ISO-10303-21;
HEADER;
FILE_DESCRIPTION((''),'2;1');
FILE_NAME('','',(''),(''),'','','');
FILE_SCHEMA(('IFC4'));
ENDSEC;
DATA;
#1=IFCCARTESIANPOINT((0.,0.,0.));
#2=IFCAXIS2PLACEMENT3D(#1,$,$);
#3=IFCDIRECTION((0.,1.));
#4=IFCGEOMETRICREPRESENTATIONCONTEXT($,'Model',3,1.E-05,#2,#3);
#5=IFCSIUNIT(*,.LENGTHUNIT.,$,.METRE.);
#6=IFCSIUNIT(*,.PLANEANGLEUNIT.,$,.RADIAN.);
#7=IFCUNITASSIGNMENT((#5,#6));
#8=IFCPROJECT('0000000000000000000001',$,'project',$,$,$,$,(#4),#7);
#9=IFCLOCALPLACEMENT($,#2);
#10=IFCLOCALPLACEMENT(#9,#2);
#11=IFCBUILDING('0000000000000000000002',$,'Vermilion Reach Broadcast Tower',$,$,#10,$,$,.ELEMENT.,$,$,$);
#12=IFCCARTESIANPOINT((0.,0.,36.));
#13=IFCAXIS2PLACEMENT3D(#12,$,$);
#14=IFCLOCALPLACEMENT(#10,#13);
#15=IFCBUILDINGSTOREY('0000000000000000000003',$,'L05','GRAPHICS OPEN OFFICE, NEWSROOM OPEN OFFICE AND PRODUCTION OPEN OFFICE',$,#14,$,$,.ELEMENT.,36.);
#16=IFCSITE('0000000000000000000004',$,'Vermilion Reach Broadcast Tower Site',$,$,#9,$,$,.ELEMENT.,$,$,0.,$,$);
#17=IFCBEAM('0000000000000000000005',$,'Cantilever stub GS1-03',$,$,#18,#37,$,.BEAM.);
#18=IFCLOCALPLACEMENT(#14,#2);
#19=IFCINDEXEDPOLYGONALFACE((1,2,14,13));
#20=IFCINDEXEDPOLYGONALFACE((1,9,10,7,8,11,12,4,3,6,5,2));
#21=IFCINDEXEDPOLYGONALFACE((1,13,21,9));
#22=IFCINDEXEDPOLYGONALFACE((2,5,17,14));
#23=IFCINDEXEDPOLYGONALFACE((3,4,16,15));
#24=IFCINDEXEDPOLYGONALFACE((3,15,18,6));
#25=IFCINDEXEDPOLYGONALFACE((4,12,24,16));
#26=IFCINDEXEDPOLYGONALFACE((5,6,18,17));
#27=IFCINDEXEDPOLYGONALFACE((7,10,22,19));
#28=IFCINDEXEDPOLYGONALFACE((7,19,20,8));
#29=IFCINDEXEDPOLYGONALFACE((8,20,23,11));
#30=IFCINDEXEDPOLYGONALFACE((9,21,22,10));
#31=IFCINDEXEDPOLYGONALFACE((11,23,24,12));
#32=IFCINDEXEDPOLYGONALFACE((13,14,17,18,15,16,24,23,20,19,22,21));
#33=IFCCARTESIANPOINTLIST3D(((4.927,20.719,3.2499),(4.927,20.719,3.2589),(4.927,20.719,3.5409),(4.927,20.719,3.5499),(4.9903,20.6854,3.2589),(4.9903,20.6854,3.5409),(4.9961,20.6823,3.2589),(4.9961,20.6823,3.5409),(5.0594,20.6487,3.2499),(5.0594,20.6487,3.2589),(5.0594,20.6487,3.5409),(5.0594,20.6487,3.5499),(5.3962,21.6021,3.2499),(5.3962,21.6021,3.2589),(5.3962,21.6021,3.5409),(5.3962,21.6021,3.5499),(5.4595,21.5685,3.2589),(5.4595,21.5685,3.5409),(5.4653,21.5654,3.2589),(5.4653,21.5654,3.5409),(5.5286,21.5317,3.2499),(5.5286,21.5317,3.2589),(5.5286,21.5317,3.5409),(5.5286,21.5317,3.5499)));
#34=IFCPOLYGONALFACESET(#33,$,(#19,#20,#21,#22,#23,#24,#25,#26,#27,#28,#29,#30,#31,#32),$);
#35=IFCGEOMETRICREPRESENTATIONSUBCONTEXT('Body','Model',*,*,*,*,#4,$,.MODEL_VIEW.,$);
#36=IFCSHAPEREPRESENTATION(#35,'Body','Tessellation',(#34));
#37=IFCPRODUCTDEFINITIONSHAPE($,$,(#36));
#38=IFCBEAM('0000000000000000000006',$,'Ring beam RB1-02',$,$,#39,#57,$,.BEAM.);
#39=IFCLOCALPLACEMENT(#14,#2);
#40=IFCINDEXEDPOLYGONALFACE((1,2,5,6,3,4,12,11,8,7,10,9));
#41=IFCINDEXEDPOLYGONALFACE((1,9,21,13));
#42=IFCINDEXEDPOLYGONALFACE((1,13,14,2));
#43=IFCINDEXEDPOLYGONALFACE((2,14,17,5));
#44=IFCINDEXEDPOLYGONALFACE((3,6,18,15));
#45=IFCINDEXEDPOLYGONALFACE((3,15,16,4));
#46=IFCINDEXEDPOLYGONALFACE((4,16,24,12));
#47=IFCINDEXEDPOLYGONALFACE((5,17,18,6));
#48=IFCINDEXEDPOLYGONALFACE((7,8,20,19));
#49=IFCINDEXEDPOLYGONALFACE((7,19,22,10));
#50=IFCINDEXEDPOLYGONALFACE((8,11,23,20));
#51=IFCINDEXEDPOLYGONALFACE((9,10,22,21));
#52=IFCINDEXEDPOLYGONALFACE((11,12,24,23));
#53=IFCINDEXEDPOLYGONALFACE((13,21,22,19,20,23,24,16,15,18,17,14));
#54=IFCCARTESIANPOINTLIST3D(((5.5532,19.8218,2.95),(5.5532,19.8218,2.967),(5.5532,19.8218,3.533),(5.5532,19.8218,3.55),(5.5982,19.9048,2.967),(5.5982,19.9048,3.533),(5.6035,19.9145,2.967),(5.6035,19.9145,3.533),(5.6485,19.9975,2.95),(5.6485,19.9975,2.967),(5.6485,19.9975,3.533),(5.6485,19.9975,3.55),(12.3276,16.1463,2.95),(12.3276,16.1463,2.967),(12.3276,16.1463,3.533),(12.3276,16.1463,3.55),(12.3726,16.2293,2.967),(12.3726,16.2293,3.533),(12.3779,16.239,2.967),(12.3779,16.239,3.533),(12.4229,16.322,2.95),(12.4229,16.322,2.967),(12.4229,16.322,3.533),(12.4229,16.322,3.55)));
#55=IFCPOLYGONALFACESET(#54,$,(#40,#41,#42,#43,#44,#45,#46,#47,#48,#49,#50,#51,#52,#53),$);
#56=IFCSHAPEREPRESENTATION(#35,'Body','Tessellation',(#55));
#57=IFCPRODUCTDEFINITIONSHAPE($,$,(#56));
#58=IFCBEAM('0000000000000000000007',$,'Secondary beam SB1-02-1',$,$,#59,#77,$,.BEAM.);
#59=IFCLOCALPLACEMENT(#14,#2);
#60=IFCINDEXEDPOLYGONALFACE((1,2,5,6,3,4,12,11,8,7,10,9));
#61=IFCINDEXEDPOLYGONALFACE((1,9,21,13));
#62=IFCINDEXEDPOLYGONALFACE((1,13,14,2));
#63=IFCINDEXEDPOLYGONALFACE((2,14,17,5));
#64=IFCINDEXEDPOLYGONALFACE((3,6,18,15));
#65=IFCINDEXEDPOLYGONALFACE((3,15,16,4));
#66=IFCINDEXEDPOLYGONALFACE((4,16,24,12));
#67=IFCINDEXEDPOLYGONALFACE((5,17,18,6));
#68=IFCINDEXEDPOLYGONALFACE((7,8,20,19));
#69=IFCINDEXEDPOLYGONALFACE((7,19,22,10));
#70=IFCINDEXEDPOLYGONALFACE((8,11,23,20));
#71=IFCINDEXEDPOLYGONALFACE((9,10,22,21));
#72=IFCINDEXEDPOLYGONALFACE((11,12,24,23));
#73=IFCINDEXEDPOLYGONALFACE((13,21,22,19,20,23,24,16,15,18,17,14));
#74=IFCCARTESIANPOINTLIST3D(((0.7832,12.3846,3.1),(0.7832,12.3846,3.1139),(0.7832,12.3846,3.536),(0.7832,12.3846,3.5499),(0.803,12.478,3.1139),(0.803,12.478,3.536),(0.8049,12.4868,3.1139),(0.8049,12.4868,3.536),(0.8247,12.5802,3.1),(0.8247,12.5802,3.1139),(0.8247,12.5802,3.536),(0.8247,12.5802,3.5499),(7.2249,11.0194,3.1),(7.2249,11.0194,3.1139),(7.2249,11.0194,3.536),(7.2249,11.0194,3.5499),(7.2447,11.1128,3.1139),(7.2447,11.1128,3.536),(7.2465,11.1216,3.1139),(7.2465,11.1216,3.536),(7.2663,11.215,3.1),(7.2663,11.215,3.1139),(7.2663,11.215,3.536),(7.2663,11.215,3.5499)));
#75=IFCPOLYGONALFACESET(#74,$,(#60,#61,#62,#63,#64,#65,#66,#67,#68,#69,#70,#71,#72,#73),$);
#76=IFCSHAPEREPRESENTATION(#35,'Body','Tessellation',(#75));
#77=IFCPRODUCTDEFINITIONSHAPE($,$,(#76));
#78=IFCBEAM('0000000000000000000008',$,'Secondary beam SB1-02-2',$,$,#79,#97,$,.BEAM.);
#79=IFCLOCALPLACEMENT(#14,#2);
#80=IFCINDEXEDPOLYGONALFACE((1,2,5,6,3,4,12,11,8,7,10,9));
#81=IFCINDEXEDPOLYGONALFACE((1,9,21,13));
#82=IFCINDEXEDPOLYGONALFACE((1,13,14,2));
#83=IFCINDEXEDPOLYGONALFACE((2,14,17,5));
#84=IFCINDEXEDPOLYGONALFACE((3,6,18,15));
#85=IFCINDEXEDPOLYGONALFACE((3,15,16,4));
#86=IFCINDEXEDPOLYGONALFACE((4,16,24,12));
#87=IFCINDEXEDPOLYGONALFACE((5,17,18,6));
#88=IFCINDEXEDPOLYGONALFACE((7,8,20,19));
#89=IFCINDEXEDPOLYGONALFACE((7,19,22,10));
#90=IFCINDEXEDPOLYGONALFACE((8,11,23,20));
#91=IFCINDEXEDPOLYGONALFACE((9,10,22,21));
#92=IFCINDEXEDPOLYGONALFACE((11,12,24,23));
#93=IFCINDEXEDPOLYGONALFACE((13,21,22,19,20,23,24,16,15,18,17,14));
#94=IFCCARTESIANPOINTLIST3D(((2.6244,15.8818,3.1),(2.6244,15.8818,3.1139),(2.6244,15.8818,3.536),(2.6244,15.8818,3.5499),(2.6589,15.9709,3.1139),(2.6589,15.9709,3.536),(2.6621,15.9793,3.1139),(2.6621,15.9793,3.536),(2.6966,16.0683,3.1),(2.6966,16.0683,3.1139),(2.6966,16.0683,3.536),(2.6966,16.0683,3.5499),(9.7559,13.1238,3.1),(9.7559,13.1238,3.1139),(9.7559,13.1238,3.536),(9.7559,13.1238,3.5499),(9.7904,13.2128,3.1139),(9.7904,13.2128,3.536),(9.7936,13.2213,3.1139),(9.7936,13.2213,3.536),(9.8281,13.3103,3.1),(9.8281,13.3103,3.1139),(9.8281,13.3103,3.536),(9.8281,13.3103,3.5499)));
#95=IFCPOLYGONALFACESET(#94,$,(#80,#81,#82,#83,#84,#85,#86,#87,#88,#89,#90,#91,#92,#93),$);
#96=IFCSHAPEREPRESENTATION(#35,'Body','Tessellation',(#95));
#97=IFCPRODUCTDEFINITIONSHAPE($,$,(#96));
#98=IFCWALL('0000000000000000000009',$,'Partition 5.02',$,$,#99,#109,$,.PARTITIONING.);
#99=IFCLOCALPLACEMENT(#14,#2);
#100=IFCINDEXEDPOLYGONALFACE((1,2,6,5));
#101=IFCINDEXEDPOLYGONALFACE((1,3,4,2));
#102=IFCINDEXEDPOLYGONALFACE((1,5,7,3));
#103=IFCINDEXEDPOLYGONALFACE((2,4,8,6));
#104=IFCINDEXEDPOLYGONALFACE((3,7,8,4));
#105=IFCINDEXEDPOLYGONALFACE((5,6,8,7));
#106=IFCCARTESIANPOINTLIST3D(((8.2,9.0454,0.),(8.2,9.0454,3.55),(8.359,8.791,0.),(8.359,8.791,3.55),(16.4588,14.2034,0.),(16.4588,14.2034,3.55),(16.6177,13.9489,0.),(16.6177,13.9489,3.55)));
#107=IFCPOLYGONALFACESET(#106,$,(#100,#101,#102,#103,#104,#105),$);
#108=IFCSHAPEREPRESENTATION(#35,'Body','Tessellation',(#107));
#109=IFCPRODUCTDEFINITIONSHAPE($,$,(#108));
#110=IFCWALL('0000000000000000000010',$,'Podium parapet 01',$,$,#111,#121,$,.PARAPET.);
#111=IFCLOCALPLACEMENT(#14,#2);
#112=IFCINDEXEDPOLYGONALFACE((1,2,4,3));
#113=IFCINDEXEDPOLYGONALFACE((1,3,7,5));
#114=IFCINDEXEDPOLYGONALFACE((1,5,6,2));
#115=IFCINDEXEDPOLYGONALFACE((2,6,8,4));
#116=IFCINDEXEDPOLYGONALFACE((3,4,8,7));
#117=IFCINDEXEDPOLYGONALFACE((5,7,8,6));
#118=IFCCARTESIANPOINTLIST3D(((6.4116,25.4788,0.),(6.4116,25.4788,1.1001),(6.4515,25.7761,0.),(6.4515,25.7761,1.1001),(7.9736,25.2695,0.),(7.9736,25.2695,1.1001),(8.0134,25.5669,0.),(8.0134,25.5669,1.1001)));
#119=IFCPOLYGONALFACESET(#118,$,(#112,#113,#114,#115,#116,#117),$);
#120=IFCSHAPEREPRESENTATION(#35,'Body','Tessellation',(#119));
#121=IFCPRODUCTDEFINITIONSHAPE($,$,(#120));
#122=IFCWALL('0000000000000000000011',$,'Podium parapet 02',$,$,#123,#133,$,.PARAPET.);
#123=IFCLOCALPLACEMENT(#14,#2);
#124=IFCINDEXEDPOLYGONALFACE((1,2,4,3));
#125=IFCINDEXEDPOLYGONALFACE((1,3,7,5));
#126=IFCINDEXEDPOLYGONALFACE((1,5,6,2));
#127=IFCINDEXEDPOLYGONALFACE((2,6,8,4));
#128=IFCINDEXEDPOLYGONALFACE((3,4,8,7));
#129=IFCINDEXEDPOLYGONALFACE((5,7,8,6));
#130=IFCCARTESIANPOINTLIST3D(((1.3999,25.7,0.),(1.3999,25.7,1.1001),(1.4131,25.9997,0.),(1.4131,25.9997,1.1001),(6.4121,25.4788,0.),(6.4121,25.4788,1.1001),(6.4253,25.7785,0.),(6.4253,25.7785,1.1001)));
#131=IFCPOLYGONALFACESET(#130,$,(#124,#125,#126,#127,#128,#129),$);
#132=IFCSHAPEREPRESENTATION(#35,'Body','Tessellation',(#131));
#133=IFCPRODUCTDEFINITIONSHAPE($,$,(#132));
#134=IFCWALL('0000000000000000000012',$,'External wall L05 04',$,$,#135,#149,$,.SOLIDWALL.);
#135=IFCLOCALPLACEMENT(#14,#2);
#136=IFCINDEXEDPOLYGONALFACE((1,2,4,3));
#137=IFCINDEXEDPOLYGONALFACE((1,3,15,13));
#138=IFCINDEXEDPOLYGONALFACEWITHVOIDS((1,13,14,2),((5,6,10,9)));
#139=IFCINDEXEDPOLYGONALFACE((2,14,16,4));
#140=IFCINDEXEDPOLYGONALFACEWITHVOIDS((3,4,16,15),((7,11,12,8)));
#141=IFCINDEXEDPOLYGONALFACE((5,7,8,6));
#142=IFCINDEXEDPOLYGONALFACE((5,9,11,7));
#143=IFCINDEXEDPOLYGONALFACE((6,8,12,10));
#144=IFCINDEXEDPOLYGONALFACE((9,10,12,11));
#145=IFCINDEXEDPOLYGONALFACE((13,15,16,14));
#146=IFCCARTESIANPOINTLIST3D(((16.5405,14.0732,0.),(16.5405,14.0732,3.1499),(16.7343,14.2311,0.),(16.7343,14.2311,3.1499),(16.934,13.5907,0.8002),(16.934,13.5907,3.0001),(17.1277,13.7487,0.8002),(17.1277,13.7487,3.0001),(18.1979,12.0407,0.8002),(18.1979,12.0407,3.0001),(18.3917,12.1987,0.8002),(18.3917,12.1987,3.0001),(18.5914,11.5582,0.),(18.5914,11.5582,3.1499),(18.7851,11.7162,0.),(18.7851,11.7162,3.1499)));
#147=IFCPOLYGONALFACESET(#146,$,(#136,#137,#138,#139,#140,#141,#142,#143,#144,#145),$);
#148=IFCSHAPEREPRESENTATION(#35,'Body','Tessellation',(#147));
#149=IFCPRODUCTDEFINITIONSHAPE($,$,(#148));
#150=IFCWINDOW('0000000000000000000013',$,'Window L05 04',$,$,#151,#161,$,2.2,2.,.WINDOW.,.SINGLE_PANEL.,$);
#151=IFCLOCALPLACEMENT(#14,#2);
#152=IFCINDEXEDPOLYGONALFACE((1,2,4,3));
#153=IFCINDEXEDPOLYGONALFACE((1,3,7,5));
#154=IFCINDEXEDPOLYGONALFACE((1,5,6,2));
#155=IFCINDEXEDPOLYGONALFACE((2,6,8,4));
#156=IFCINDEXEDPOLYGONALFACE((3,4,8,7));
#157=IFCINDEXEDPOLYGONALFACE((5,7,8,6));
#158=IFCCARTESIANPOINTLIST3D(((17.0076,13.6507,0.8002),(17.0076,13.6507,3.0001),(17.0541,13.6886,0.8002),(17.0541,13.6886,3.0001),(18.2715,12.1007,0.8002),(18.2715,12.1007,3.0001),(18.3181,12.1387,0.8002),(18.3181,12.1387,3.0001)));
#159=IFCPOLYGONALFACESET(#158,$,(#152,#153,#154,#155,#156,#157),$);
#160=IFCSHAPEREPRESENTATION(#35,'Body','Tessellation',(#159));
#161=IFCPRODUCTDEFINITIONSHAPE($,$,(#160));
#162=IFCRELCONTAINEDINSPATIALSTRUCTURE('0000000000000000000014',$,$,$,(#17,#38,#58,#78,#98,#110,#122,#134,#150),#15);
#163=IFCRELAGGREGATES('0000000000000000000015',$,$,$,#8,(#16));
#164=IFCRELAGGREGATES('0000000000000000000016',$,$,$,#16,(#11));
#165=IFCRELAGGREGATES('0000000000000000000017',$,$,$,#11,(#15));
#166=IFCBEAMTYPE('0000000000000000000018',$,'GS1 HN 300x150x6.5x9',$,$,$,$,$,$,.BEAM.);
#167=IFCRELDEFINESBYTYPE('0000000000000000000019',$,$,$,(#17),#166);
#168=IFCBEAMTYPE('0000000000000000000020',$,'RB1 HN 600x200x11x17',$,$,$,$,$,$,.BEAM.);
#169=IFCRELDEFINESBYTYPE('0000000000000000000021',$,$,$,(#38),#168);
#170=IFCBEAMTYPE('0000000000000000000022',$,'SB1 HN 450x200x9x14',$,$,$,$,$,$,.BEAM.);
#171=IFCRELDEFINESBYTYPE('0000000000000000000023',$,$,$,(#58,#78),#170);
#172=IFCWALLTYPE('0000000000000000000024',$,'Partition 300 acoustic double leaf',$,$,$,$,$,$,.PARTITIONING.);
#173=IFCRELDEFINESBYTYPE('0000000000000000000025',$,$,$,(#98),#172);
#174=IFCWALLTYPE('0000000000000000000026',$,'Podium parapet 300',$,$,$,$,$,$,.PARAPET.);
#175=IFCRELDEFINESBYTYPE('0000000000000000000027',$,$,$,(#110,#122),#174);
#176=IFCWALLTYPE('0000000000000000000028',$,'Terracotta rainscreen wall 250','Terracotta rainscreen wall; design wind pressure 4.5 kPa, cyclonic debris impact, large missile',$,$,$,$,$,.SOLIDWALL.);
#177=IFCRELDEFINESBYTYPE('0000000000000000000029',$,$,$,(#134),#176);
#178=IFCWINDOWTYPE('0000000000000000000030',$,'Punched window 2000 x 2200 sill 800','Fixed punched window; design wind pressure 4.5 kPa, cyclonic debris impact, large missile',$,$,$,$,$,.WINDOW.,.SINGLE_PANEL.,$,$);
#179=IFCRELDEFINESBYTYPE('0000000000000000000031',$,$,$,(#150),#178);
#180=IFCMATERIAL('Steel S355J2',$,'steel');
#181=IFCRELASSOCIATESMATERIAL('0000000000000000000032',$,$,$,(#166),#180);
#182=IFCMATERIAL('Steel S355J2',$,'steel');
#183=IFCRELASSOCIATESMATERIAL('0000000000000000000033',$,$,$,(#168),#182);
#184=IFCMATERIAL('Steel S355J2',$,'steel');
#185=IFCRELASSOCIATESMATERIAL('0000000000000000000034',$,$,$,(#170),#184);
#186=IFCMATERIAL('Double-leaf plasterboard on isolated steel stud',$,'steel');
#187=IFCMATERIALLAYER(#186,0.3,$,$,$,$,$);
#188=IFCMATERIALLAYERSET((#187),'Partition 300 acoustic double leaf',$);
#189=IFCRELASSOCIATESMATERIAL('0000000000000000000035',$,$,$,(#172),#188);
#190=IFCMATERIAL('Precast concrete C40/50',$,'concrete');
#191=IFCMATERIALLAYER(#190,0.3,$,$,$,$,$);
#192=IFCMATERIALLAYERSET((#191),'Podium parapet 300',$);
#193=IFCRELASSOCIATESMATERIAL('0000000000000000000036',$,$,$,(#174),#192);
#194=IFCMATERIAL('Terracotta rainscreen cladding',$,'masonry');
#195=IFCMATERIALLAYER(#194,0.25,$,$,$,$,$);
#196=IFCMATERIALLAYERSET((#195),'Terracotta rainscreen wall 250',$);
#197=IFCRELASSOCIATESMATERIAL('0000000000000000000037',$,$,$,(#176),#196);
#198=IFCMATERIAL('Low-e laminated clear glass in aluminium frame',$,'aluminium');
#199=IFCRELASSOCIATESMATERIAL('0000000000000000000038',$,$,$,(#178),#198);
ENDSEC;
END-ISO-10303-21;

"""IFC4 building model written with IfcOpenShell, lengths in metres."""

from ifc_helpers import new_model, si_unit, direction, frame, frame_2d, origin, origin_2d, place, context, subcontext, project, spatial, rectangle, i_section, extrude, material, layer, layer_set, material_profile, profile_set, type_object, element, fill, save


model = new_model("IFC4")

# Units and contexts
model_context = context("Model", 3, precision=1e-05, world=origin(), true_north=direction((0.0, 1.0)))
body_context = subcontext(model_context, "Body", "Model", "MODEL_VIEW")
ifc_project = project(units=[si_unit("LENGTHUNIT", "METRE"), si_unit("PLANEANGLEUNIT", "RADIAN")], contexts=[model_context])

# Site, building, storey
site_placement = place(None, origin())
site = spatial("IfcSite", under=ifc_project, at=site_placement, Name="Vermilion Reach Broadcast Tower Site", CompositionType="ELEMENT", RefElevation=0.0)
building_placement = place(site_placement, origin())
building = spatial("IfcBuilding", under=site, at=building_placement, Name="Vermilion Reach Broadcast Tower", CompositionType="ELEMENT")
storey_placement = place(building_placement, frame((0.0, 0.0, 36.0)))
storey = spatial("IfcBuildingStorey", under=building, at=storey_placement, Name="L05", Description="GRAPHICS OPEN OFFICE, NEWSROOM OPEN OFFICE AND PRODUCTION OPEN OFFICE", CompositionType="ELEMENT", Elevation=36.0)

# Beams
ifc_material_1 = material(Name="Steel S355J2", Category="steel")
ifc_material_profile_1 = material_profile(ifc_material_1, i_section(OverallWidth=0.1499, OverallDepth=0.3, WebThickness=0.0066, FlangeThickness=0.009, at=origin_2d()), Name="S355J2 HN 300x150x6.5x9")
ifc_profile_set_1 = profile_set([ifc_material_profile_1], Name="Steel S355J2")
beam_type_1 = type_object("IfcBeamType", Name="GS1 HN 300x150x6.5x9", PredefinedType="BEAM", material=ifc_profile_set_1)
for number, where, z_axis, x_axis, name in (
    (1, (4.9932, 20.6838, 3.3999), (0.469244, 0.883068, 0.0), (-0.883068, 0.469244, 0.0), "Cantilever stub GS1-03"),
):
    element("IfcBeam", number, at=place(storey_placement, frame(where, z_axis=z_axis, x_axis=x_axis)), inside=storey, type_object=beam_type_1, Name=name, PredefinedType="BEAM", context=body_context, shape_type="SweptSolid", body=[
        extrude(i_section(OverallWidth=0.1499, OverallDepth=0.3, WebThickness=0.0066, FlangeThickness=0.009, at=origin_2d()), origin(), (0.0, 0.0, 1.0), 1.0),
    ])
ifc_material_2 = material(Name="Steel S355J2", Category="steel")
ifc_material_profile_2 = material_profile(ifc_material_2, i_section(OverallWidth=0.2, OverallDepth=0.6001, WebThickness=0.011, FlangeThickness=0.0171, at=origin_2d()), Name="S355J2 HN 600x200x11x17")
ifc_profile_set_2 = profile_set([ifc_material_profile_2], Name="Steel S355J2")
beam_type_2 = type_object("IfcBeamType", Name="RB1 HN 600x200x11x17", PredefinedType="BEAM", material=ifc_profile_set_2)
beam_1_placement = place(storey_placement, frame((12.3752, 16.2341, 3.25), z_axis=(-0.878962, 0.476891, 0.0), x_axis=(-0.476891, -0.878962, 0.0)))
element("IfcBeam", 2, at=beam_1_placement, inside=storey, type_object=beam_type_2, Name="Ring beam RB1-02", PredefinedType="BEAM", context=body_context, shape_type="SweptSolid", body=[
    extrude(i_section(OverallWidth=0.2, OverallDepth=0.6001, WebThickness=0.011, FlangeThickness=0.0171, at=origin_2d()), origin(), (0.0, 0.0, 1.0), 7.7073),
])
ifc_material_3 = material(Name="Steel S355J2", Category="steel")
ifc_material_profile_3 = material_profile(ifc_material_3, i_section(OverallWidth=0.2, OverallDepth=0.45, WebThickness=0.009, FlangeThickness=0.0139, at=origin_2d()), Name="S355J2 HN 450x200x9x14")
ifc_profile_set_3 = profile_set([ifc_material_profile_3], Name="Steel S355J2")
beam_type_3 = type_object("IfcBeamType", Name="SB1 HN 450x200x9x14", PredefinedType="BEAM", material=ifc_profile_set_3)
beam_2_placement = place(storey_placement, frame((7.2456, 11.1172, 3.325), z_axis=(-0.97827, 0.207333, 0.0), x_axis=(-0.207333, -0.97827, 0.0)))
element("IfcBeam", 3, at=beam_2_placement, inside=storey, type_object=beam_type_3, Name="Secondary beam SB1-02-1", PredefinedType="BEAM", context=body_context, shape_type="SweptSolid", body=[
    extrude(i_section(OverallWidth=0.2, OverallDepth=0.45, WebThickness=0.009, FlangeThickness=0.0139, at=origin_2d()), origin(), (0.0, 0.0, 1.0), 6.5847),
])
beam_3_placement = place(storey_placement, frame((9.792, 13.217, 3.325), z_axis=(-0.932681, 0.360703, 0.0), x_axis=(-0.360703, -0.932681, 0.0)))
element("IfcBeam", 4, at=beam_3_placement, inside=storey, type_object=beam_type_3, Name="Secondary beam SB1-02-2", PredefinedType="BEAM", context=body_context, shape_type="SweptSolid", body=[
    extrude(i_section(OverallWidth=0.2, OverallDepth=0.45, WebThickness=0.009, FlangeThickness=0.0139, at=origin_2d()), origin(), (0.0, 0.0, 1.0), 7.6462),
])

# Walls
ifc_material_4 = material(Name="Double-leaf plasterboard on isolated steel stud", Category="steel")
ifc_layer_1 = layer(ifc_material_4, 0.3)
ifc_layer_set_1 = layer_set([ifc_layer_1], Name="Partition 300 acoustic double leaf")
wall_type_1 = type_object("IfcWallType", Name="Partition 300 acoustic double leaf", PredefinedType="PARTITIONING", material=ifc_layer_set_1)
wall_1_placement = place(storey_placement, frame((16.5383, 14.0762, 0.0), z_axis=(0.0, 0.0, 1.0), x_axis=(-0.848173, -0.529719, 0.0)))
element("IfcWall", 5, at=wall_1_placement, inside=storey, type_object=wall_type_1, Name="Partition 5.02", PredefinedType="PARTITIONING", context=body_context, shape_type="SweptSolid", body=[
    extrude(rectangle(XDim=9.7371, YDim=0.3, at=frame_2d((4.8687, 0.0))), origin(), (0.0, 0.0, 1.0), 3.55),
])
ifc_material_5 = material(Name="Precast concrete C40/50", Category="concrete")
ifc_layer_2 = layer(ifc_material_5, 0.3)
ifc_layer_set_2 = layer_set([ifc_layer_2], Name="Podium parapet 300")
wall_type_2 = type_object("IfcWallType", Name="Podium parapet 300", PredefinedType="PARAPET", material=ifc_layer_set_2)
wall_2_placement = place(storey_placement, frame((7.9937, 25.4182, 0.0), z_axis=(0.0, 0.0, 1.0), x_axis=(-0.991148, 0.132762, 0.0)))
element("IfcWall", 6, at=wall_2_placement, inside=storey, type_object=wall_type_2, Name="Podium parapet 01", PredefinedType="PARAPET", context=body_context, shape_type="SweptSolid", body=[
    extrude(rectangle(XDim=1.5759, YDim=0.3, at=frame_2d((0.7881, 0.0))), origin(), (0.0, 0.0, 1.0), 1.1001),
])
wall_3_placement = place(storey_placement, frame((6.4187, 25.6287, 0.0), z_axis=(0.0, 0.0, 1.0), x_axis=(-0.999028, 0.044088, 0.0)))
element("IfcWall", 7, at=wall_3_placement, inside=storey, type_object=wall_type_2, Name="Podium parapet 02", PredefinedType="PARAPET", context=body_context, shape_type="SweptSolid", body=[
    extrude(rectangle(XDim=5.0171, YDim=0.3, at=frame_2d((2.5085, 0.0))), origin(), (0.0, 0.0, 1.0), 1.1001),
])

# Wall, opening, window
ifc_material_6 = material(Name="Terracotta rainscreen cladding", Category="masonry")
ifc_layer_3 = layer(ifc_material_6, 0.25)
ifc_layer_set_3 = layer_set([ifc_layer_3], Name="Terracotta rainscreen wall 250")
wall_type_3 = type_object("IfcWallType", Name="Terracotta rainscreen wall 250", Description="Terracotta rainscreen wall; design wind pressure 4.5 kPa, cyclonic debris impact, large missile", PredefinedType="SOLIDWALL", material=ifc_layer_set_3)
wall_4_placement = place(storey_placement, frame((18.6882, 11.6372, 0.0), z_axis=(0.0, 0.0, 1.0), x_axis=(-0.631971, 0.774992, 0.0)))
wall_4 = element("IfcWall", 8, at=wall_4_placement, inside=storey, type_object=wall_type_3, Name="External wall L05 04", PredefinedType="SOLIDWALL", context=body_context, shape_type="SweptSolid", body=[
    extrude(rectangle(XDim=3.2451, YDim=0.25, at=frame_2d((1.6226, 0.0))), origin(), (0.0, 0.0, 1.0), 3.1499),
])
opening_1_placement = place(wall_4_placement, frame((0.6226, 0.0, 0.8)))
opening_1 = element("IfcOpeningElement", 9, at=opening_1_placement, cuts=wall_4, PredefinedType="OPENING", context=body_context, shape_type="SweptSolid", body=[
    extrude(rectangle(XDim=2.0, YDim=2.2, at=frame_2d((1.0, 1.1001))), frame((0.0, 0.135, 0.0), z_axis=(0.0, -1.0, 0.0), x_axis=(1.0, 0.0, 0.0)), (0.0, 0.0, 1.0), 0.27),
])
ifc_material_7 = material(Name="Low-e laminated clear glass in aluminium frame", Category="aluminium")
window_type = type_object("IfcWindowType", Name="Punched window 2000 x 2200 sill 800", Description="Fixed punched window; design wind pressure 4.5 kPa, cyclonic debris impact, large missile", PartitioningType="SINGLE_PANEL", PredefinedType="WINDOW", material=ifc_material_7)
window_1_placement = place(opening_1_placement, origin())
window_1 = element("IfcWindow", 10, at=window_1_placement, inside=storey, type_object=window_type, Name="Window L05 04", OverallHeight=2.2, OverallWidth=2.0, PartitioningType="SINGLE_PANEL", PredefinedType="WINDOW", context=body_context, shape_type="SweptSolid", body=[
    extrude(rectangle(XDim=2.0, YDim=2.2, at=frame_2d((1.0, 1.1001))), frame((0.0, 0.03, 0.0), z_axis=(0.0, -1.0, 0.0), x_axis=(1.0, 0.0, 0.0)), (0.0, 0.0, 1.0), 0.0601),
])
fill(opening_1, window_1)

save(model, "model.ifc")
